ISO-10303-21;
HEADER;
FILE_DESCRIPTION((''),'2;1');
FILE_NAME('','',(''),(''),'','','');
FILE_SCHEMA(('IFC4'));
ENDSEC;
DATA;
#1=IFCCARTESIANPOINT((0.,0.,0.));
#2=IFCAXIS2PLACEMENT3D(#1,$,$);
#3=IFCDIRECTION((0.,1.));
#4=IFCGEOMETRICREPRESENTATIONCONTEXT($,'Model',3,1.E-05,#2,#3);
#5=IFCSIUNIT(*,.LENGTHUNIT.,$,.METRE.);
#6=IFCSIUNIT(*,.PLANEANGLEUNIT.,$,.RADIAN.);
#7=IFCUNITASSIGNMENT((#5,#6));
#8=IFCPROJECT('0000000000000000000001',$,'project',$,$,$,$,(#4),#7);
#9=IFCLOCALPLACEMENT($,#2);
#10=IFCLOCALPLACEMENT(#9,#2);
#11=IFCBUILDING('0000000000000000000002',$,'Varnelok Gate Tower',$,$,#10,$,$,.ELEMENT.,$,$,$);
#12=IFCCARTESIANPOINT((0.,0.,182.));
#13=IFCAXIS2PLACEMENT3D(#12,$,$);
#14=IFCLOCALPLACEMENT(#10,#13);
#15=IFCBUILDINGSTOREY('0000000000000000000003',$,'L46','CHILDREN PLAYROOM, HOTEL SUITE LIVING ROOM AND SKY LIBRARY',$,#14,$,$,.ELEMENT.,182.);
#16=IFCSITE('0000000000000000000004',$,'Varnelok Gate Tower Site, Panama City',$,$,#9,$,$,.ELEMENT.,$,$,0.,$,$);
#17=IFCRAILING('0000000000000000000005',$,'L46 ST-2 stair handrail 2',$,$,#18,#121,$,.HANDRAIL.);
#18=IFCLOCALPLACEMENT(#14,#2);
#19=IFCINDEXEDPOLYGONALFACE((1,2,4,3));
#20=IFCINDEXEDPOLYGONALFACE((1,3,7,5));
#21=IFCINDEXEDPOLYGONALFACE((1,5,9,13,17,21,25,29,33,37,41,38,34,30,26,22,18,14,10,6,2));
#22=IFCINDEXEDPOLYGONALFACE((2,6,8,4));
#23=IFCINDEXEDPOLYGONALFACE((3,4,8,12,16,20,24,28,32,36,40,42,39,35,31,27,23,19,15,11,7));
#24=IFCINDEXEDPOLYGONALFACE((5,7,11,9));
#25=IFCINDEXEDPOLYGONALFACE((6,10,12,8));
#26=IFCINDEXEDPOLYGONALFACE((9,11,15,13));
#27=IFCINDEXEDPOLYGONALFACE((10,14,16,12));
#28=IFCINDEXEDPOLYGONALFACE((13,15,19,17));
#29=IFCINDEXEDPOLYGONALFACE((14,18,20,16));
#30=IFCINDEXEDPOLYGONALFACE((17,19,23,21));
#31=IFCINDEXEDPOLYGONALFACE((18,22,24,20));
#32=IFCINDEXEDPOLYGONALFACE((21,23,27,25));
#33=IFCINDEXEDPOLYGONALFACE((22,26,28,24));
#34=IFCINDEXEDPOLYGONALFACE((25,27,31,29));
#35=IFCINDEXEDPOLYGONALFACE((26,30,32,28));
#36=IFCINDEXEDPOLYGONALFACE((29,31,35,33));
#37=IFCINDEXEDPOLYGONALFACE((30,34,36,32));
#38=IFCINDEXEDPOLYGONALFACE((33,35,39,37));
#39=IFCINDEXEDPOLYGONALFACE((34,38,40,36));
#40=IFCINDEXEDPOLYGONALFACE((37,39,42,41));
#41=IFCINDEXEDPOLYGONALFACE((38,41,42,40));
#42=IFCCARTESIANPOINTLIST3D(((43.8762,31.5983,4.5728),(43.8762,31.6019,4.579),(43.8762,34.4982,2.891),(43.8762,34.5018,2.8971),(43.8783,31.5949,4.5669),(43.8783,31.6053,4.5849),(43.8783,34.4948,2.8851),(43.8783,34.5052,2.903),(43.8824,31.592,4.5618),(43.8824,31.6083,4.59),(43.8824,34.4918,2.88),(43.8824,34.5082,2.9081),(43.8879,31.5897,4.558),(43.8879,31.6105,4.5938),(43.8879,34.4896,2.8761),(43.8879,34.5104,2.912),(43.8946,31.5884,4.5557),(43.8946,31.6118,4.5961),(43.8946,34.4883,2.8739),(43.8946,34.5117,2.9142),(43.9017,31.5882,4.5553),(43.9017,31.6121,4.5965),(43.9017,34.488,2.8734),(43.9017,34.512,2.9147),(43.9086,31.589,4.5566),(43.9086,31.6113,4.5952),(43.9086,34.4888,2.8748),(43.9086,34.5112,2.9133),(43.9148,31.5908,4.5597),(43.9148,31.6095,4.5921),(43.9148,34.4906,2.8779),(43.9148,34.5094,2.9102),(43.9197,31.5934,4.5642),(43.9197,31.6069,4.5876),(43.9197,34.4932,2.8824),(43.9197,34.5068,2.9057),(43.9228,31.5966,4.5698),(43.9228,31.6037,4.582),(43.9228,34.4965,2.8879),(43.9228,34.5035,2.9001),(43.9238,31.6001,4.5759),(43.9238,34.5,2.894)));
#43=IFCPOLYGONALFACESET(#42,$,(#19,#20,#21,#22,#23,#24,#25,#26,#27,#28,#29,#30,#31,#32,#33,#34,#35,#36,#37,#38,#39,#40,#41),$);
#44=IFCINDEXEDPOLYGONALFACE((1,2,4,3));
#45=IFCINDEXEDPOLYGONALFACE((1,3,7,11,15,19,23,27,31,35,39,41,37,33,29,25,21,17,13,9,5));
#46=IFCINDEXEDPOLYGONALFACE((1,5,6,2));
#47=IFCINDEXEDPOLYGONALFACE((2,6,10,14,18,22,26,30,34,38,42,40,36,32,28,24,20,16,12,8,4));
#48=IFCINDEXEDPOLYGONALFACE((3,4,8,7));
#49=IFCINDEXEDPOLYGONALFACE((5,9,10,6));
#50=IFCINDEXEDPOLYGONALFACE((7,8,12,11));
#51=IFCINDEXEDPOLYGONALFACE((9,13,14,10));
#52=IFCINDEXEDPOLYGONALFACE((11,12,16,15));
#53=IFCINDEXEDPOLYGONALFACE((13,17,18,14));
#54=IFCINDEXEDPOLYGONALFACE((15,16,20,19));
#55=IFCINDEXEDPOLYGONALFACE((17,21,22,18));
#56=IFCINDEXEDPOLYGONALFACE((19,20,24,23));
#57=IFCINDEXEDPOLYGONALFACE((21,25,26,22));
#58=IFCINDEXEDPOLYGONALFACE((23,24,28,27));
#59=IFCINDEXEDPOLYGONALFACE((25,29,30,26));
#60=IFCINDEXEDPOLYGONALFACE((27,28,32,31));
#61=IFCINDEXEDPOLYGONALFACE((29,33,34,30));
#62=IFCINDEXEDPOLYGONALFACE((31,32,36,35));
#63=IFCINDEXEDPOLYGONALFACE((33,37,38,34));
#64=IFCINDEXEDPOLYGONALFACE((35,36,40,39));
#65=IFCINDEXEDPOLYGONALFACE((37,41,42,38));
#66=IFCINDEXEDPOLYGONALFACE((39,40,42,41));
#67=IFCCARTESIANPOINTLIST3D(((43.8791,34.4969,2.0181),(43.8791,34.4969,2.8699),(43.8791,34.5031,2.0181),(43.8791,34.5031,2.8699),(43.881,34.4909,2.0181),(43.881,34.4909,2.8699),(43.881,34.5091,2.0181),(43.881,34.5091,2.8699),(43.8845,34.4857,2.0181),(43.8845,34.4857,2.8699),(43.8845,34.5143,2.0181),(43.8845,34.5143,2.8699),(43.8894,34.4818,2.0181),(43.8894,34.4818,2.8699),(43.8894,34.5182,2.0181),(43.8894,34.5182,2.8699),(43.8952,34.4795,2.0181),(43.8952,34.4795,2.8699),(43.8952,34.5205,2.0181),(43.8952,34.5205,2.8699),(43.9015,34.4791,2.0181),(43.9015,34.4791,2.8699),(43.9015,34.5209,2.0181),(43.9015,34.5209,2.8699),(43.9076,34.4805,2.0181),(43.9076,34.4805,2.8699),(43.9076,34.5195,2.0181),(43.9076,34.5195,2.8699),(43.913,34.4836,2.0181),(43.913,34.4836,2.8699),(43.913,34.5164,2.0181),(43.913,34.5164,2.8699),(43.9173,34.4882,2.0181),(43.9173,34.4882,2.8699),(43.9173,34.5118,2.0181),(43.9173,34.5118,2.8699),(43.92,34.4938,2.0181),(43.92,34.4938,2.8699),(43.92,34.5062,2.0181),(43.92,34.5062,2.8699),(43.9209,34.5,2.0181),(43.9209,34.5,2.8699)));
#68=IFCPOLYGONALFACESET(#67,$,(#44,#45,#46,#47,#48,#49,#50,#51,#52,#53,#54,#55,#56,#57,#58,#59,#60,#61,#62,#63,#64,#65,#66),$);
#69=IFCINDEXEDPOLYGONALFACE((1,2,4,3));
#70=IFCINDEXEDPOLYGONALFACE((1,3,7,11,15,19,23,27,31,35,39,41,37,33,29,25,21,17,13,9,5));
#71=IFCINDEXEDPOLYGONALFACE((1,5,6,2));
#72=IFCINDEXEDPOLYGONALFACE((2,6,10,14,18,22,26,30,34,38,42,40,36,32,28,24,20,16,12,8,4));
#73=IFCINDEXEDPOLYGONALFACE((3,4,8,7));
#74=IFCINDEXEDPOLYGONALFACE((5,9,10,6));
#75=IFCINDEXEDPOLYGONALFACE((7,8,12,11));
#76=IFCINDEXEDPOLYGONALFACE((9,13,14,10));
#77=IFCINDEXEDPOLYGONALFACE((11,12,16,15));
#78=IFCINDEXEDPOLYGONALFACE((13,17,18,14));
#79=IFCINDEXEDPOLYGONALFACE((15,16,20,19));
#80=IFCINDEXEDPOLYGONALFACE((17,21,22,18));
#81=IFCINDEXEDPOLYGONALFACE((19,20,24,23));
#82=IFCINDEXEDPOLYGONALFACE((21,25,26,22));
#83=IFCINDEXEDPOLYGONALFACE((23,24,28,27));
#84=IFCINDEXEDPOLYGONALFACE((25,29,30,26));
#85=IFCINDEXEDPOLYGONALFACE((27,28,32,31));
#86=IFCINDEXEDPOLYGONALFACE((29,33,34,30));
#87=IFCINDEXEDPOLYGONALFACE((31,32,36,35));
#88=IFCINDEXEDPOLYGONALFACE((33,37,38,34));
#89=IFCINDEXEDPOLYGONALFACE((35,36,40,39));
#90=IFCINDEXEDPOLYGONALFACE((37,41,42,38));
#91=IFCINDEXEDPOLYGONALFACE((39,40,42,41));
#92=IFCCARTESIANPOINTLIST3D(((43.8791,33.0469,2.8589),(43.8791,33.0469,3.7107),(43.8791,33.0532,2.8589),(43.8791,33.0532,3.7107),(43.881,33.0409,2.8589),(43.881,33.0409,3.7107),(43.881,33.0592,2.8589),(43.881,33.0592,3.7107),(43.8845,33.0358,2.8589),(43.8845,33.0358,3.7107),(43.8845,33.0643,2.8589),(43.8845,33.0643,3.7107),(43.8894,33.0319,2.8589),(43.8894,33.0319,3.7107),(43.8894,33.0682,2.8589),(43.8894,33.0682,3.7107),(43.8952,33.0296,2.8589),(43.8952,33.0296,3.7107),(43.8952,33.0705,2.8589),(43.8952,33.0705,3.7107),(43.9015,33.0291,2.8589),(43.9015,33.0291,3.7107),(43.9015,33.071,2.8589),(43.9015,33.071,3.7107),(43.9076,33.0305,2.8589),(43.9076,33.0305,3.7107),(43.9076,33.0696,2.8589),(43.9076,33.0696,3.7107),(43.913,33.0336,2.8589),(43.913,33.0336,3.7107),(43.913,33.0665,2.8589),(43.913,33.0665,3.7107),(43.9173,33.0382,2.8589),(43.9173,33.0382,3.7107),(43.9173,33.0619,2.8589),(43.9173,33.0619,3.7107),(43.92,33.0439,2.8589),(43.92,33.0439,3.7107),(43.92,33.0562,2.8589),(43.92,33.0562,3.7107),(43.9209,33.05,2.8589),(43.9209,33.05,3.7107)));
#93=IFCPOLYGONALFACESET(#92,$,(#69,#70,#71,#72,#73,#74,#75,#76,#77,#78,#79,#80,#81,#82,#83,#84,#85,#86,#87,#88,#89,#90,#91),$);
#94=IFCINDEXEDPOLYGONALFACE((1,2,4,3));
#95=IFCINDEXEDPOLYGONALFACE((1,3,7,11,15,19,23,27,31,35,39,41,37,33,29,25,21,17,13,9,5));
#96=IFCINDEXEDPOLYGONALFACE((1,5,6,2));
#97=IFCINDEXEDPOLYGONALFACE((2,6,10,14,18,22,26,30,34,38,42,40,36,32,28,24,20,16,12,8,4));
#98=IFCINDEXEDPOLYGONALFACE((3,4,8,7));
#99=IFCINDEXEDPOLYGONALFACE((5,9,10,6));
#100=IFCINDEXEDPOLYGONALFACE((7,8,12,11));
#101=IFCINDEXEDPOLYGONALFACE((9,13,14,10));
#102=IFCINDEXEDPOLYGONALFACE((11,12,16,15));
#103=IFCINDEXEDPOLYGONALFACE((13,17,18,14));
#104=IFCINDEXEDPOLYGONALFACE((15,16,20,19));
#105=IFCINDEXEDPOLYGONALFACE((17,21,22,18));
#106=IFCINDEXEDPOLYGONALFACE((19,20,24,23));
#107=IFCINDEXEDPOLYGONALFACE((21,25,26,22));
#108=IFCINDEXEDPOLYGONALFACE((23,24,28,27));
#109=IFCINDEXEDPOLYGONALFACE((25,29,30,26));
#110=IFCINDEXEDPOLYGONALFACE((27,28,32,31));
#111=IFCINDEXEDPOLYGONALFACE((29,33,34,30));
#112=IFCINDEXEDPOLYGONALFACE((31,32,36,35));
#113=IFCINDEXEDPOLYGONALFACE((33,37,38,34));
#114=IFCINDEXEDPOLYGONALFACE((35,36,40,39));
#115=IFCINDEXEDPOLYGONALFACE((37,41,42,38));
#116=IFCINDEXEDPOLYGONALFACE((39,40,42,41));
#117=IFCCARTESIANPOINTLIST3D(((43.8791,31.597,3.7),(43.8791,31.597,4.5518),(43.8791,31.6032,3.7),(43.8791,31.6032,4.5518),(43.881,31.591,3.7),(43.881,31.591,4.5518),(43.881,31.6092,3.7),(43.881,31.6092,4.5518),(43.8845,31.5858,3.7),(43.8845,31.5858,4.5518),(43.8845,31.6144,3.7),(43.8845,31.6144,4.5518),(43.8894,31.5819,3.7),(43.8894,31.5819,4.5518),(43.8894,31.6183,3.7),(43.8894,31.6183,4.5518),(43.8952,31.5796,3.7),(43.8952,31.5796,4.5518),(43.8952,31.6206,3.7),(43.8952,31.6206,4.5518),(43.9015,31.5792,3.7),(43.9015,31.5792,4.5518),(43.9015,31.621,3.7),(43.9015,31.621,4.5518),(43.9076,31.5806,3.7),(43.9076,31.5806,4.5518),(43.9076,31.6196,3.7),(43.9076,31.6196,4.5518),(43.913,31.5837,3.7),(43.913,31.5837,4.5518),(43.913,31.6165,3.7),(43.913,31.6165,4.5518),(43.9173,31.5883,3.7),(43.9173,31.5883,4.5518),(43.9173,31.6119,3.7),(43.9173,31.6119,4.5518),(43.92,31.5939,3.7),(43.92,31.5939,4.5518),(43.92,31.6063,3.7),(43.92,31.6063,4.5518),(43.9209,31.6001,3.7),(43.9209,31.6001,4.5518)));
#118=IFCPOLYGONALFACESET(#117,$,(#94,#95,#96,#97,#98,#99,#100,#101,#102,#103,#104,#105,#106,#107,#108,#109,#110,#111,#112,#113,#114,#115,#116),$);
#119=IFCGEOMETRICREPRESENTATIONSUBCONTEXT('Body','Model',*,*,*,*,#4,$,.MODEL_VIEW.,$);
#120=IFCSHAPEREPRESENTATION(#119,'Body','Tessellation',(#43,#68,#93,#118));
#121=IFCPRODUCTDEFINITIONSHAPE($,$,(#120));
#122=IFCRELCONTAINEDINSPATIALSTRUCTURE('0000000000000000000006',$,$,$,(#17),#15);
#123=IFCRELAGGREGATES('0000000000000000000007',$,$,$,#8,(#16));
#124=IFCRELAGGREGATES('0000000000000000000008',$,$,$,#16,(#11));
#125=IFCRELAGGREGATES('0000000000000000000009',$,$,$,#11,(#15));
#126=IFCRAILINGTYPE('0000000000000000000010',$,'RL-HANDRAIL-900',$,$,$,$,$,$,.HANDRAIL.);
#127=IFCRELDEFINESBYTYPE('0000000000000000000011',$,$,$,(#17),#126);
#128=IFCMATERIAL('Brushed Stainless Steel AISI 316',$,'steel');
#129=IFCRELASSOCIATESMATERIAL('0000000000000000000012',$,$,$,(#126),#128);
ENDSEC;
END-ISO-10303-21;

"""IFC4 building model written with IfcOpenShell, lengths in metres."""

from ifc_helpers import new_model, si_unit, direction, frame, origin, origin_2d, place, context, subcontext, project, spatial, circle, extrude, material, type_object, element, save


model = new_model("IFC4")

# Units and contexts
model_context = context("Model", 3, precision=1e-05, world=origin(), true_north=direction((0.0, 1.0)))
body_context = subcontext(model_context, "Body", "Model", "MODEL_VIEW")
ifc_project = project(units=[si_unit("LENGTHUNIT", "METRE"), si_unit("PLANEANGLEUNIT", "RADIAN")], contexts=[model_context])

# Site, building, storey
site_placement = place(None, origin())
site = spatial("IfcSite", under=ifc_project, at=site_placement, Name="Varnelok Gate Tower Site, Panama City", CompositionType="ELEMENT", RefElevation=0.0)
building_placement = place(site_placement, origin())
building = spatial("IfcBuilding", under=site, at=building_placement, Name="Varnelok Gate Tower", CompositionType="ELEMENT")
storey_placement = place(building_placement, frame((0.0, 0.0, 182.0)))
storey = spatial("IfcBuildingStorey", under=building, at=storey_placement, Name="L46", Description="CHILDREN PLAYROOM, HOTEL SUITE LIVING ROOM AND SKY LIBRARY", CompositionType="ELEMENT", Elevation=182.0)

# Railing
ifc_material_1 = material(Name="Brushed Stainless Steel AISI 316", Category="steel")
railing_type_1 = type_object("IfcRailingType", Name="RL-HANDRAIL-900", PredefinedType="HANDRAIL", material=ifc_material_1)
railing_1_placement = place(storey_placement, frame((43.8999, 34.5, 2.0181)))
element("IfcRailing", 1, at=railing_1_placement, inside=storey, type_object=railing_type_1, Name="L46 ST-2 stair handrail 2", PredefinedType="HANDRAIL", context=body_context, shape_type="SweptSolid", body=[
    extrude(circle(Radius=0.0239, at=origin_2d()), frame((0.0, 0.0, 0.876), z_axis=(0.0, -0.865039, 0.501705), x_axis=(1.0, 0.0, 0.0)), (0.0, 0.0, 1.0), 3.3523),
    extrude(circle(Radius=0.021, at=origin_2d()), origin(), (0.0, 0.0, 1.0), 0.8518),
    extrude(circle(Radius=0.021, at=origin_2d()), frame((0.0, -1.45, 0.8408)), (0.0, 0.0, 1.0), 0.8518),
    extrude(circle(Radius=0.021, at=origin_2d()), frame((0.0, -2.8999, 1.6819)), (0.0, 0.0, 1.0), 0.8518),
])

save(model, "model.ifc")
